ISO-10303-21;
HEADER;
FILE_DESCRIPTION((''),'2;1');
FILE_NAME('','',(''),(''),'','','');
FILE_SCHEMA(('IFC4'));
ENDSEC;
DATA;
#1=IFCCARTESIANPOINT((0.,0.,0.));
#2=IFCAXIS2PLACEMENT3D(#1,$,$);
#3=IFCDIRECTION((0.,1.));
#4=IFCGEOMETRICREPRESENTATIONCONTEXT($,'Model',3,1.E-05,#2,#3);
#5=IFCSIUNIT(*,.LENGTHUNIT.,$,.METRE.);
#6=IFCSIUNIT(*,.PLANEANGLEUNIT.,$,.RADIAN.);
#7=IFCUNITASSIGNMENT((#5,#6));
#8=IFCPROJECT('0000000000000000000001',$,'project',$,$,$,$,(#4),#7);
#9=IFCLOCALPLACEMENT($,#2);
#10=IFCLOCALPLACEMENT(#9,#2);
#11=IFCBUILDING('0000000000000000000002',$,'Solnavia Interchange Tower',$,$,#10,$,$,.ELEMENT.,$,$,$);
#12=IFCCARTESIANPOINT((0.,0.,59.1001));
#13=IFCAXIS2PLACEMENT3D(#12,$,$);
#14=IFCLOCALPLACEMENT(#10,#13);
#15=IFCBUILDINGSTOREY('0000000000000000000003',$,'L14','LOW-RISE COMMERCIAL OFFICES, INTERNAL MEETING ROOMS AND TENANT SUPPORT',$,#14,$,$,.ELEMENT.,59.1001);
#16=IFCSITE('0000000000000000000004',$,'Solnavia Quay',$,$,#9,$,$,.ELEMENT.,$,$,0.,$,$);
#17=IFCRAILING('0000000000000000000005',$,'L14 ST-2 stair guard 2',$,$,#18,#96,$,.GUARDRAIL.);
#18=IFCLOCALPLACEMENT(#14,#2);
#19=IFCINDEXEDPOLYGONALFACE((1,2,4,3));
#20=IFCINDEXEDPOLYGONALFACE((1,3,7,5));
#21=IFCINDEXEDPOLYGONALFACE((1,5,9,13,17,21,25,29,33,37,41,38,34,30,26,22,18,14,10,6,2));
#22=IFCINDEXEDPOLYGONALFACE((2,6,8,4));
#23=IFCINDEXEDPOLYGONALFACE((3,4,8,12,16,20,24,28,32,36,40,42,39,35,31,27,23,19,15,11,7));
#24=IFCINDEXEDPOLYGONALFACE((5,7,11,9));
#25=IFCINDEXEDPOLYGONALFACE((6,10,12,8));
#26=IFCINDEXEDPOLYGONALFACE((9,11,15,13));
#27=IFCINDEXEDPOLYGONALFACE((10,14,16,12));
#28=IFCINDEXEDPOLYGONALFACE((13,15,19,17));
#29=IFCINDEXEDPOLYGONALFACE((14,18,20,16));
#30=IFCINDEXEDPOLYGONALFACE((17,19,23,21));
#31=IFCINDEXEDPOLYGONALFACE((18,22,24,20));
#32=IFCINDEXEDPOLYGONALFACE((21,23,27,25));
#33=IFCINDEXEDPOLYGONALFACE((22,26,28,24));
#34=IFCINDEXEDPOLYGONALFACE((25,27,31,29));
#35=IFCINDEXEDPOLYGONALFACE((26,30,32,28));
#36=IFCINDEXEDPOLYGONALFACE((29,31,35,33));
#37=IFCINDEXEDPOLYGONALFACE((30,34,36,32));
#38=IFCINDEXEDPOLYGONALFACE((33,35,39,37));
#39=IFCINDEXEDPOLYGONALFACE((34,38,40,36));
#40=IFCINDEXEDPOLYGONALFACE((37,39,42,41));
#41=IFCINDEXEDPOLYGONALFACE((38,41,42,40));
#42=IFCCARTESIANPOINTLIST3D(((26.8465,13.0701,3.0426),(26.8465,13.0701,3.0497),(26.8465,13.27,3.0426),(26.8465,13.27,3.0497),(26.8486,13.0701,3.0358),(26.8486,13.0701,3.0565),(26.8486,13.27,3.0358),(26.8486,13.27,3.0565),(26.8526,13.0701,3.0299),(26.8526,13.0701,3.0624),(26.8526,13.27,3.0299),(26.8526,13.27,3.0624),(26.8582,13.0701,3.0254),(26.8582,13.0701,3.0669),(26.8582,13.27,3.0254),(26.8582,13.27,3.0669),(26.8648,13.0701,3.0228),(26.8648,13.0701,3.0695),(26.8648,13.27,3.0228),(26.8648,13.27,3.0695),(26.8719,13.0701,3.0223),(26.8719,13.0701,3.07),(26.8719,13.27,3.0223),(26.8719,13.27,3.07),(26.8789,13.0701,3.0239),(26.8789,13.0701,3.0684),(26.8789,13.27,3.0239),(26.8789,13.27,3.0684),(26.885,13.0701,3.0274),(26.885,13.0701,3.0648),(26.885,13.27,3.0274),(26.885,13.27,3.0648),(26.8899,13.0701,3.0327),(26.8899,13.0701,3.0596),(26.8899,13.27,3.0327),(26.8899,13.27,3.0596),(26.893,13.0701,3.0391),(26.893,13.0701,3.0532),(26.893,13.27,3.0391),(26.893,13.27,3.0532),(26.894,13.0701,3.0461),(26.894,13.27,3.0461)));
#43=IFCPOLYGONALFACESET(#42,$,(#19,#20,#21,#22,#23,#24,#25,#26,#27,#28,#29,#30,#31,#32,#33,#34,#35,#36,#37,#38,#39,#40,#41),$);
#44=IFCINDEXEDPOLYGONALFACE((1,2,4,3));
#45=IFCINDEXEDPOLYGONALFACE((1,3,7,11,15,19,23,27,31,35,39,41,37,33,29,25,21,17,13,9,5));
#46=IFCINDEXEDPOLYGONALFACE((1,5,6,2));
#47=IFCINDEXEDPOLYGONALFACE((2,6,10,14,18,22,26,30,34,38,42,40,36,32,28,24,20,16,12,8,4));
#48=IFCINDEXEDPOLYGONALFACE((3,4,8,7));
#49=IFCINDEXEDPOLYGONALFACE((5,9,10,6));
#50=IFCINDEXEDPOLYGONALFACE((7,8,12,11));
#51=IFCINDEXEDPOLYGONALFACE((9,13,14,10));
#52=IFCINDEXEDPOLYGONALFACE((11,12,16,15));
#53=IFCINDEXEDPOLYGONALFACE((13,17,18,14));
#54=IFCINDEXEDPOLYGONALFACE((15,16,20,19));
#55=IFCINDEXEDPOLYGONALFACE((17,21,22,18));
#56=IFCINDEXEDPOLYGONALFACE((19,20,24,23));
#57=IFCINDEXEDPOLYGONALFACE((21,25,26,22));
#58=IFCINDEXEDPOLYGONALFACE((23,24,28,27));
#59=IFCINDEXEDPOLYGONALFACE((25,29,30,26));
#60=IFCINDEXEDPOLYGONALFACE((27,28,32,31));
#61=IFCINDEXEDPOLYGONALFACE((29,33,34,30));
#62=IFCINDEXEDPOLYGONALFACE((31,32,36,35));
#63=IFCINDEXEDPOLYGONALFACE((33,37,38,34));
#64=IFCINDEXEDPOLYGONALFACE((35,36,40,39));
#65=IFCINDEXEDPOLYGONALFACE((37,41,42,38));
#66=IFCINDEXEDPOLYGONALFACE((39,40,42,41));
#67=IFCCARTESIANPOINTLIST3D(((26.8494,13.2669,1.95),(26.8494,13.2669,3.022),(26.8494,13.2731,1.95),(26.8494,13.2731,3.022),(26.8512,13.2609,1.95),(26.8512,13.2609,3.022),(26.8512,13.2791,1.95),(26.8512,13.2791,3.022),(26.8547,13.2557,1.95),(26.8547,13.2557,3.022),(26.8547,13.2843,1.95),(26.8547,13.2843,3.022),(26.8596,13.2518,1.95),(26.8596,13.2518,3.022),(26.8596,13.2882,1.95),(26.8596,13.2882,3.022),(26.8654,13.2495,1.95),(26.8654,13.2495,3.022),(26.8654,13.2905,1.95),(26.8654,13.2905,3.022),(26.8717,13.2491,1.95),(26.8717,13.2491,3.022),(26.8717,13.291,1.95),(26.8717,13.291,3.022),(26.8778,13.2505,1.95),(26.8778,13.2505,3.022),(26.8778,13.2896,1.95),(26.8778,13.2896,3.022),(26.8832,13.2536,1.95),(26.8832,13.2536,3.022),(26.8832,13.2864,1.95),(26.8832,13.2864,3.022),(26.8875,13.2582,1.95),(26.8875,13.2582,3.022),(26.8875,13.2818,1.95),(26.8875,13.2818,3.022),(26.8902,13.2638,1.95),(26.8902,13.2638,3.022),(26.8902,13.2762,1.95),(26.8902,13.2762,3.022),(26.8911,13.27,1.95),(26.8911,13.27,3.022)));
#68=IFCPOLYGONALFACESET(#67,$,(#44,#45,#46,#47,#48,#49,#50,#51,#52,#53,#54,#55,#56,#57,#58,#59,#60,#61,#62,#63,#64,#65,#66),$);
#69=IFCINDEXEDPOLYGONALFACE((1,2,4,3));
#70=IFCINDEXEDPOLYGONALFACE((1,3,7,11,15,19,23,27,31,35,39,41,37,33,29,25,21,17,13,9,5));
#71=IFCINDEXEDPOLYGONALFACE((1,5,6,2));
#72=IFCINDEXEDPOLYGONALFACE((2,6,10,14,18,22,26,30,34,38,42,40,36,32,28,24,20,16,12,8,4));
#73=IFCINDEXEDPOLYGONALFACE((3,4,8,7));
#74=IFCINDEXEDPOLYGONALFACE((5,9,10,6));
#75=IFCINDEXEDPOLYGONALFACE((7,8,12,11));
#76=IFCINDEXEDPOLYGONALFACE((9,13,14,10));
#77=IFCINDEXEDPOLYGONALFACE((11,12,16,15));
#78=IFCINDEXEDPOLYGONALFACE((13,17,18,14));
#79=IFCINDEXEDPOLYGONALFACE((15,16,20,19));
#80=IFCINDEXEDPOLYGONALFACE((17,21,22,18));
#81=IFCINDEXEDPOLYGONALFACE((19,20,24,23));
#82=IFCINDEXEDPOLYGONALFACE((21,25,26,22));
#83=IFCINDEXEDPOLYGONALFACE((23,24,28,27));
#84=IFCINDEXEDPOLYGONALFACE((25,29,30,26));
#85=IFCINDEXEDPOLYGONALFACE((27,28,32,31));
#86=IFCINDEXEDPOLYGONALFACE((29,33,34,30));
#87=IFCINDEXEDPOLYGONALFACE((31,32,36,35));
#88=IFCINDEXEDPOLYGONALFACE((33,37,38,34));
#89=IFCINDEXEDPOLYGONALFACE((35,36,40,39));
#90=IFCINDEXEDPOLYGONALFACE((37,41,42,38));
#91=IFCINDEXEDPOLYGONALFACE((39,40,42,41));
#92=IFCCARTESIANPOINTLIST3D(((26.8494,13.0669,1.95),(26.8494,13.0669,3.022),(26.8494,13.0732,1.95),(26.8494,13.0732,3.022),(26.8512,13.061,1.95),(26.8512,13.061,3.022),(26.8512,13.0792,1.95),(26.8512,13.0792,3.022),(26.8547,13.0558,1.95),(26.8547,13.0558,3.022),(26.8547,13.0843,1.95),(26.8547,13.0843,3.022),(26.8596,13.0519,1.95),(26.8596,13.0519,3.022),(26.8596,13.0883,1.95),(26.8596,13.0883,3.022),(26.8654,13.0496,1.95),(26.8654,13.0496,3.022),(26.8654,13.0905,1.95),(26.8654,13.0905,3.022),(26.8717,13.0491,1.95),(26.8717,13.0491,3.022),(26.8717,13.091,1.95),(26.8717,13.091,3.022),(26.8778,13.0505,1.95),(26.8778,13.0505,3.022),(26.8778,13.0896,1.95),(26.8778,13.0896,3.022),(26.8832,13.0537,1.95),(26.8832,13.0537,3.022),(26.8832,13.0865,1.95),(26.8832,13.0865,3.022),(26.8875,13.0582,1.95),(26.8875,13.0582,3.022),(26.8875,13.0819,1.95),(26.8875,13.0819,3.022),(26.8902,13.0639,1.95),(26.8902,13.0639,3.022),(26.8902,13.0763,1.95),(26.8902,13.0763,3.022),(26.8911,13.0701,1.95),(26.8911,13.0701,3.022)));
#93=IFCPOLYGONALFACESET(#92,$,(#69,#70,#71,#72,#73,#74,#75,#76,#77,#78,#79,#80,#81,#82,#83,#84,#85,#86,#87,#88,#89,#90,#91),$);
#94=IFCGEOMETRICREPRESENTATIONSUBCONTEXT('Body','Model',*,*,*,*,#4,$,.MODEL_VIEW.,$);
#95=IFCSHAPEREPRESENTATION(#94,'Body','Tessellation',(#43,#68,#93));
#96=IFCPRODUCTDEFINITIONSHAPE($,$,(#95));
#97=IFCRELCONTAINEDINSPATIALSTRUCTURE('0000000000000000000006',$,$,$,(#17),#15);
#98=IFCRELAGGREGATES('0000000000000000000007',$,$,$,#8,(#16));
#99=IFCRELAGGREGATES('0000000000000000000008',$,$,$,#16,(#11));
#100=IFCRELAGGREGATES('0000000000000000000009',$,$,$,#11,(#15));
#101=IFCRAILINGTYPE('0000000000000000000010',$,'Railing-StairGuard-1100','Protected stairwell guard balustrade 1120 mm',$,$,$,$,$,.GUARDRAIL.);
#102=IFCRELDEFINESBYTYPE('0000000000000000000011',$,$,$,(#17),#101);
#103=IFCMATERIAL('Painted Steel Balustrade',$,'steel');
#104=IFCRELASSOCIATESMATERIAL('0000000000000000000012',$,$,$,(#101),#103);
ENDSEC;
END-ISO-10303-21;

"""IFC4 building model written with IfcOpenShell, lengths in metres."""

from ifc_helpers import new_model, si_unit, direction, frame, origin, origin_2d, place, context, subcontext, project, spatial, circle, extrude, material, type_object, element, save


model = new_model("IFC4")

# Units and contexts
model_context = context("Model", 3, precision=1e-05, world=origin(), true_north=direction((0.0, 1.0)))
body_context = subcontext(model_context, "Body", "Model", "MODEL_VIEW")
ifc_project = project(units=[si_unit("LENGTHUNIT", "METRE"), si_unit("PLANEANGLEUNIT", "RADIAN")], contexts=[model_context])

# Site, building, storey
site_placement = place(None, origin())
site = spatial("IfcSite", under=ifc_project, at=site_placement, Name="Solnavia Quay", CompositionType="ELEMENT", RefElevation=0.0)
building_placement = place(site_placement, origin())
building = spatial("IfcBuilding", under=site, at=building_placement, Name="Solnavia Interchange Tower", CompositionType="ELEMENT")
storey_placement = place(building_placement, frame((0.0, 0.0, 59.1001)))
storey = spatial("IfcBuildingStorey", under=building, at=storey_placement, Name="L14", Description="LOW-RISE COMMERCIAL OFFICES, INTERNAL MEETING ROOMS AND TENANT SUPPORT", CompositionType="ELEMENT", Elevation=59.1001)

# Railing
ifc_material_1 = material(Name="Painted Steel Balustrade", Category="steel")
railing_type_1 = type_object("IfcRailingType", Name="Railing-StairGuard-1100", Description="Protected stairwell guard balustrade 1120 mm", PredefinedType="GUARDRAIL", material=ifc_material_1)
railing_1_placement = place(storey_placement, frame((26.8701, 13.27, 1.95)))
element("IfcRailing", 1, at=railing_1_placement, inside=storey, type_object=railing_type_1, Name="L14 ST-2 stair guard 2", PredefinedType="GUARDRAIL", context=body_context, shape_type="SweptSolid", body=[
    extrude(circle(Radius=0.0239, at=origin_2d()), frame((0.0, 0.0, 1.0962), z_axis=(0.0, -1.0, 0.0), x_axis=(1.0, 0.0, 0.0)), (0.0, 0.0, 1.0), 0.2),
    extrude(circle(Radius=0.021, at=origin_2d()), origin(), (0.0, 0.0, 1.0), 1.072),
    extrude(circle(Radius=0.021, at=origin_2d()), frame((0.0, -0.2, 0.0)), (0.0, 0.0, 1.0), 1.072),
])

save(model, "model.ifc")
